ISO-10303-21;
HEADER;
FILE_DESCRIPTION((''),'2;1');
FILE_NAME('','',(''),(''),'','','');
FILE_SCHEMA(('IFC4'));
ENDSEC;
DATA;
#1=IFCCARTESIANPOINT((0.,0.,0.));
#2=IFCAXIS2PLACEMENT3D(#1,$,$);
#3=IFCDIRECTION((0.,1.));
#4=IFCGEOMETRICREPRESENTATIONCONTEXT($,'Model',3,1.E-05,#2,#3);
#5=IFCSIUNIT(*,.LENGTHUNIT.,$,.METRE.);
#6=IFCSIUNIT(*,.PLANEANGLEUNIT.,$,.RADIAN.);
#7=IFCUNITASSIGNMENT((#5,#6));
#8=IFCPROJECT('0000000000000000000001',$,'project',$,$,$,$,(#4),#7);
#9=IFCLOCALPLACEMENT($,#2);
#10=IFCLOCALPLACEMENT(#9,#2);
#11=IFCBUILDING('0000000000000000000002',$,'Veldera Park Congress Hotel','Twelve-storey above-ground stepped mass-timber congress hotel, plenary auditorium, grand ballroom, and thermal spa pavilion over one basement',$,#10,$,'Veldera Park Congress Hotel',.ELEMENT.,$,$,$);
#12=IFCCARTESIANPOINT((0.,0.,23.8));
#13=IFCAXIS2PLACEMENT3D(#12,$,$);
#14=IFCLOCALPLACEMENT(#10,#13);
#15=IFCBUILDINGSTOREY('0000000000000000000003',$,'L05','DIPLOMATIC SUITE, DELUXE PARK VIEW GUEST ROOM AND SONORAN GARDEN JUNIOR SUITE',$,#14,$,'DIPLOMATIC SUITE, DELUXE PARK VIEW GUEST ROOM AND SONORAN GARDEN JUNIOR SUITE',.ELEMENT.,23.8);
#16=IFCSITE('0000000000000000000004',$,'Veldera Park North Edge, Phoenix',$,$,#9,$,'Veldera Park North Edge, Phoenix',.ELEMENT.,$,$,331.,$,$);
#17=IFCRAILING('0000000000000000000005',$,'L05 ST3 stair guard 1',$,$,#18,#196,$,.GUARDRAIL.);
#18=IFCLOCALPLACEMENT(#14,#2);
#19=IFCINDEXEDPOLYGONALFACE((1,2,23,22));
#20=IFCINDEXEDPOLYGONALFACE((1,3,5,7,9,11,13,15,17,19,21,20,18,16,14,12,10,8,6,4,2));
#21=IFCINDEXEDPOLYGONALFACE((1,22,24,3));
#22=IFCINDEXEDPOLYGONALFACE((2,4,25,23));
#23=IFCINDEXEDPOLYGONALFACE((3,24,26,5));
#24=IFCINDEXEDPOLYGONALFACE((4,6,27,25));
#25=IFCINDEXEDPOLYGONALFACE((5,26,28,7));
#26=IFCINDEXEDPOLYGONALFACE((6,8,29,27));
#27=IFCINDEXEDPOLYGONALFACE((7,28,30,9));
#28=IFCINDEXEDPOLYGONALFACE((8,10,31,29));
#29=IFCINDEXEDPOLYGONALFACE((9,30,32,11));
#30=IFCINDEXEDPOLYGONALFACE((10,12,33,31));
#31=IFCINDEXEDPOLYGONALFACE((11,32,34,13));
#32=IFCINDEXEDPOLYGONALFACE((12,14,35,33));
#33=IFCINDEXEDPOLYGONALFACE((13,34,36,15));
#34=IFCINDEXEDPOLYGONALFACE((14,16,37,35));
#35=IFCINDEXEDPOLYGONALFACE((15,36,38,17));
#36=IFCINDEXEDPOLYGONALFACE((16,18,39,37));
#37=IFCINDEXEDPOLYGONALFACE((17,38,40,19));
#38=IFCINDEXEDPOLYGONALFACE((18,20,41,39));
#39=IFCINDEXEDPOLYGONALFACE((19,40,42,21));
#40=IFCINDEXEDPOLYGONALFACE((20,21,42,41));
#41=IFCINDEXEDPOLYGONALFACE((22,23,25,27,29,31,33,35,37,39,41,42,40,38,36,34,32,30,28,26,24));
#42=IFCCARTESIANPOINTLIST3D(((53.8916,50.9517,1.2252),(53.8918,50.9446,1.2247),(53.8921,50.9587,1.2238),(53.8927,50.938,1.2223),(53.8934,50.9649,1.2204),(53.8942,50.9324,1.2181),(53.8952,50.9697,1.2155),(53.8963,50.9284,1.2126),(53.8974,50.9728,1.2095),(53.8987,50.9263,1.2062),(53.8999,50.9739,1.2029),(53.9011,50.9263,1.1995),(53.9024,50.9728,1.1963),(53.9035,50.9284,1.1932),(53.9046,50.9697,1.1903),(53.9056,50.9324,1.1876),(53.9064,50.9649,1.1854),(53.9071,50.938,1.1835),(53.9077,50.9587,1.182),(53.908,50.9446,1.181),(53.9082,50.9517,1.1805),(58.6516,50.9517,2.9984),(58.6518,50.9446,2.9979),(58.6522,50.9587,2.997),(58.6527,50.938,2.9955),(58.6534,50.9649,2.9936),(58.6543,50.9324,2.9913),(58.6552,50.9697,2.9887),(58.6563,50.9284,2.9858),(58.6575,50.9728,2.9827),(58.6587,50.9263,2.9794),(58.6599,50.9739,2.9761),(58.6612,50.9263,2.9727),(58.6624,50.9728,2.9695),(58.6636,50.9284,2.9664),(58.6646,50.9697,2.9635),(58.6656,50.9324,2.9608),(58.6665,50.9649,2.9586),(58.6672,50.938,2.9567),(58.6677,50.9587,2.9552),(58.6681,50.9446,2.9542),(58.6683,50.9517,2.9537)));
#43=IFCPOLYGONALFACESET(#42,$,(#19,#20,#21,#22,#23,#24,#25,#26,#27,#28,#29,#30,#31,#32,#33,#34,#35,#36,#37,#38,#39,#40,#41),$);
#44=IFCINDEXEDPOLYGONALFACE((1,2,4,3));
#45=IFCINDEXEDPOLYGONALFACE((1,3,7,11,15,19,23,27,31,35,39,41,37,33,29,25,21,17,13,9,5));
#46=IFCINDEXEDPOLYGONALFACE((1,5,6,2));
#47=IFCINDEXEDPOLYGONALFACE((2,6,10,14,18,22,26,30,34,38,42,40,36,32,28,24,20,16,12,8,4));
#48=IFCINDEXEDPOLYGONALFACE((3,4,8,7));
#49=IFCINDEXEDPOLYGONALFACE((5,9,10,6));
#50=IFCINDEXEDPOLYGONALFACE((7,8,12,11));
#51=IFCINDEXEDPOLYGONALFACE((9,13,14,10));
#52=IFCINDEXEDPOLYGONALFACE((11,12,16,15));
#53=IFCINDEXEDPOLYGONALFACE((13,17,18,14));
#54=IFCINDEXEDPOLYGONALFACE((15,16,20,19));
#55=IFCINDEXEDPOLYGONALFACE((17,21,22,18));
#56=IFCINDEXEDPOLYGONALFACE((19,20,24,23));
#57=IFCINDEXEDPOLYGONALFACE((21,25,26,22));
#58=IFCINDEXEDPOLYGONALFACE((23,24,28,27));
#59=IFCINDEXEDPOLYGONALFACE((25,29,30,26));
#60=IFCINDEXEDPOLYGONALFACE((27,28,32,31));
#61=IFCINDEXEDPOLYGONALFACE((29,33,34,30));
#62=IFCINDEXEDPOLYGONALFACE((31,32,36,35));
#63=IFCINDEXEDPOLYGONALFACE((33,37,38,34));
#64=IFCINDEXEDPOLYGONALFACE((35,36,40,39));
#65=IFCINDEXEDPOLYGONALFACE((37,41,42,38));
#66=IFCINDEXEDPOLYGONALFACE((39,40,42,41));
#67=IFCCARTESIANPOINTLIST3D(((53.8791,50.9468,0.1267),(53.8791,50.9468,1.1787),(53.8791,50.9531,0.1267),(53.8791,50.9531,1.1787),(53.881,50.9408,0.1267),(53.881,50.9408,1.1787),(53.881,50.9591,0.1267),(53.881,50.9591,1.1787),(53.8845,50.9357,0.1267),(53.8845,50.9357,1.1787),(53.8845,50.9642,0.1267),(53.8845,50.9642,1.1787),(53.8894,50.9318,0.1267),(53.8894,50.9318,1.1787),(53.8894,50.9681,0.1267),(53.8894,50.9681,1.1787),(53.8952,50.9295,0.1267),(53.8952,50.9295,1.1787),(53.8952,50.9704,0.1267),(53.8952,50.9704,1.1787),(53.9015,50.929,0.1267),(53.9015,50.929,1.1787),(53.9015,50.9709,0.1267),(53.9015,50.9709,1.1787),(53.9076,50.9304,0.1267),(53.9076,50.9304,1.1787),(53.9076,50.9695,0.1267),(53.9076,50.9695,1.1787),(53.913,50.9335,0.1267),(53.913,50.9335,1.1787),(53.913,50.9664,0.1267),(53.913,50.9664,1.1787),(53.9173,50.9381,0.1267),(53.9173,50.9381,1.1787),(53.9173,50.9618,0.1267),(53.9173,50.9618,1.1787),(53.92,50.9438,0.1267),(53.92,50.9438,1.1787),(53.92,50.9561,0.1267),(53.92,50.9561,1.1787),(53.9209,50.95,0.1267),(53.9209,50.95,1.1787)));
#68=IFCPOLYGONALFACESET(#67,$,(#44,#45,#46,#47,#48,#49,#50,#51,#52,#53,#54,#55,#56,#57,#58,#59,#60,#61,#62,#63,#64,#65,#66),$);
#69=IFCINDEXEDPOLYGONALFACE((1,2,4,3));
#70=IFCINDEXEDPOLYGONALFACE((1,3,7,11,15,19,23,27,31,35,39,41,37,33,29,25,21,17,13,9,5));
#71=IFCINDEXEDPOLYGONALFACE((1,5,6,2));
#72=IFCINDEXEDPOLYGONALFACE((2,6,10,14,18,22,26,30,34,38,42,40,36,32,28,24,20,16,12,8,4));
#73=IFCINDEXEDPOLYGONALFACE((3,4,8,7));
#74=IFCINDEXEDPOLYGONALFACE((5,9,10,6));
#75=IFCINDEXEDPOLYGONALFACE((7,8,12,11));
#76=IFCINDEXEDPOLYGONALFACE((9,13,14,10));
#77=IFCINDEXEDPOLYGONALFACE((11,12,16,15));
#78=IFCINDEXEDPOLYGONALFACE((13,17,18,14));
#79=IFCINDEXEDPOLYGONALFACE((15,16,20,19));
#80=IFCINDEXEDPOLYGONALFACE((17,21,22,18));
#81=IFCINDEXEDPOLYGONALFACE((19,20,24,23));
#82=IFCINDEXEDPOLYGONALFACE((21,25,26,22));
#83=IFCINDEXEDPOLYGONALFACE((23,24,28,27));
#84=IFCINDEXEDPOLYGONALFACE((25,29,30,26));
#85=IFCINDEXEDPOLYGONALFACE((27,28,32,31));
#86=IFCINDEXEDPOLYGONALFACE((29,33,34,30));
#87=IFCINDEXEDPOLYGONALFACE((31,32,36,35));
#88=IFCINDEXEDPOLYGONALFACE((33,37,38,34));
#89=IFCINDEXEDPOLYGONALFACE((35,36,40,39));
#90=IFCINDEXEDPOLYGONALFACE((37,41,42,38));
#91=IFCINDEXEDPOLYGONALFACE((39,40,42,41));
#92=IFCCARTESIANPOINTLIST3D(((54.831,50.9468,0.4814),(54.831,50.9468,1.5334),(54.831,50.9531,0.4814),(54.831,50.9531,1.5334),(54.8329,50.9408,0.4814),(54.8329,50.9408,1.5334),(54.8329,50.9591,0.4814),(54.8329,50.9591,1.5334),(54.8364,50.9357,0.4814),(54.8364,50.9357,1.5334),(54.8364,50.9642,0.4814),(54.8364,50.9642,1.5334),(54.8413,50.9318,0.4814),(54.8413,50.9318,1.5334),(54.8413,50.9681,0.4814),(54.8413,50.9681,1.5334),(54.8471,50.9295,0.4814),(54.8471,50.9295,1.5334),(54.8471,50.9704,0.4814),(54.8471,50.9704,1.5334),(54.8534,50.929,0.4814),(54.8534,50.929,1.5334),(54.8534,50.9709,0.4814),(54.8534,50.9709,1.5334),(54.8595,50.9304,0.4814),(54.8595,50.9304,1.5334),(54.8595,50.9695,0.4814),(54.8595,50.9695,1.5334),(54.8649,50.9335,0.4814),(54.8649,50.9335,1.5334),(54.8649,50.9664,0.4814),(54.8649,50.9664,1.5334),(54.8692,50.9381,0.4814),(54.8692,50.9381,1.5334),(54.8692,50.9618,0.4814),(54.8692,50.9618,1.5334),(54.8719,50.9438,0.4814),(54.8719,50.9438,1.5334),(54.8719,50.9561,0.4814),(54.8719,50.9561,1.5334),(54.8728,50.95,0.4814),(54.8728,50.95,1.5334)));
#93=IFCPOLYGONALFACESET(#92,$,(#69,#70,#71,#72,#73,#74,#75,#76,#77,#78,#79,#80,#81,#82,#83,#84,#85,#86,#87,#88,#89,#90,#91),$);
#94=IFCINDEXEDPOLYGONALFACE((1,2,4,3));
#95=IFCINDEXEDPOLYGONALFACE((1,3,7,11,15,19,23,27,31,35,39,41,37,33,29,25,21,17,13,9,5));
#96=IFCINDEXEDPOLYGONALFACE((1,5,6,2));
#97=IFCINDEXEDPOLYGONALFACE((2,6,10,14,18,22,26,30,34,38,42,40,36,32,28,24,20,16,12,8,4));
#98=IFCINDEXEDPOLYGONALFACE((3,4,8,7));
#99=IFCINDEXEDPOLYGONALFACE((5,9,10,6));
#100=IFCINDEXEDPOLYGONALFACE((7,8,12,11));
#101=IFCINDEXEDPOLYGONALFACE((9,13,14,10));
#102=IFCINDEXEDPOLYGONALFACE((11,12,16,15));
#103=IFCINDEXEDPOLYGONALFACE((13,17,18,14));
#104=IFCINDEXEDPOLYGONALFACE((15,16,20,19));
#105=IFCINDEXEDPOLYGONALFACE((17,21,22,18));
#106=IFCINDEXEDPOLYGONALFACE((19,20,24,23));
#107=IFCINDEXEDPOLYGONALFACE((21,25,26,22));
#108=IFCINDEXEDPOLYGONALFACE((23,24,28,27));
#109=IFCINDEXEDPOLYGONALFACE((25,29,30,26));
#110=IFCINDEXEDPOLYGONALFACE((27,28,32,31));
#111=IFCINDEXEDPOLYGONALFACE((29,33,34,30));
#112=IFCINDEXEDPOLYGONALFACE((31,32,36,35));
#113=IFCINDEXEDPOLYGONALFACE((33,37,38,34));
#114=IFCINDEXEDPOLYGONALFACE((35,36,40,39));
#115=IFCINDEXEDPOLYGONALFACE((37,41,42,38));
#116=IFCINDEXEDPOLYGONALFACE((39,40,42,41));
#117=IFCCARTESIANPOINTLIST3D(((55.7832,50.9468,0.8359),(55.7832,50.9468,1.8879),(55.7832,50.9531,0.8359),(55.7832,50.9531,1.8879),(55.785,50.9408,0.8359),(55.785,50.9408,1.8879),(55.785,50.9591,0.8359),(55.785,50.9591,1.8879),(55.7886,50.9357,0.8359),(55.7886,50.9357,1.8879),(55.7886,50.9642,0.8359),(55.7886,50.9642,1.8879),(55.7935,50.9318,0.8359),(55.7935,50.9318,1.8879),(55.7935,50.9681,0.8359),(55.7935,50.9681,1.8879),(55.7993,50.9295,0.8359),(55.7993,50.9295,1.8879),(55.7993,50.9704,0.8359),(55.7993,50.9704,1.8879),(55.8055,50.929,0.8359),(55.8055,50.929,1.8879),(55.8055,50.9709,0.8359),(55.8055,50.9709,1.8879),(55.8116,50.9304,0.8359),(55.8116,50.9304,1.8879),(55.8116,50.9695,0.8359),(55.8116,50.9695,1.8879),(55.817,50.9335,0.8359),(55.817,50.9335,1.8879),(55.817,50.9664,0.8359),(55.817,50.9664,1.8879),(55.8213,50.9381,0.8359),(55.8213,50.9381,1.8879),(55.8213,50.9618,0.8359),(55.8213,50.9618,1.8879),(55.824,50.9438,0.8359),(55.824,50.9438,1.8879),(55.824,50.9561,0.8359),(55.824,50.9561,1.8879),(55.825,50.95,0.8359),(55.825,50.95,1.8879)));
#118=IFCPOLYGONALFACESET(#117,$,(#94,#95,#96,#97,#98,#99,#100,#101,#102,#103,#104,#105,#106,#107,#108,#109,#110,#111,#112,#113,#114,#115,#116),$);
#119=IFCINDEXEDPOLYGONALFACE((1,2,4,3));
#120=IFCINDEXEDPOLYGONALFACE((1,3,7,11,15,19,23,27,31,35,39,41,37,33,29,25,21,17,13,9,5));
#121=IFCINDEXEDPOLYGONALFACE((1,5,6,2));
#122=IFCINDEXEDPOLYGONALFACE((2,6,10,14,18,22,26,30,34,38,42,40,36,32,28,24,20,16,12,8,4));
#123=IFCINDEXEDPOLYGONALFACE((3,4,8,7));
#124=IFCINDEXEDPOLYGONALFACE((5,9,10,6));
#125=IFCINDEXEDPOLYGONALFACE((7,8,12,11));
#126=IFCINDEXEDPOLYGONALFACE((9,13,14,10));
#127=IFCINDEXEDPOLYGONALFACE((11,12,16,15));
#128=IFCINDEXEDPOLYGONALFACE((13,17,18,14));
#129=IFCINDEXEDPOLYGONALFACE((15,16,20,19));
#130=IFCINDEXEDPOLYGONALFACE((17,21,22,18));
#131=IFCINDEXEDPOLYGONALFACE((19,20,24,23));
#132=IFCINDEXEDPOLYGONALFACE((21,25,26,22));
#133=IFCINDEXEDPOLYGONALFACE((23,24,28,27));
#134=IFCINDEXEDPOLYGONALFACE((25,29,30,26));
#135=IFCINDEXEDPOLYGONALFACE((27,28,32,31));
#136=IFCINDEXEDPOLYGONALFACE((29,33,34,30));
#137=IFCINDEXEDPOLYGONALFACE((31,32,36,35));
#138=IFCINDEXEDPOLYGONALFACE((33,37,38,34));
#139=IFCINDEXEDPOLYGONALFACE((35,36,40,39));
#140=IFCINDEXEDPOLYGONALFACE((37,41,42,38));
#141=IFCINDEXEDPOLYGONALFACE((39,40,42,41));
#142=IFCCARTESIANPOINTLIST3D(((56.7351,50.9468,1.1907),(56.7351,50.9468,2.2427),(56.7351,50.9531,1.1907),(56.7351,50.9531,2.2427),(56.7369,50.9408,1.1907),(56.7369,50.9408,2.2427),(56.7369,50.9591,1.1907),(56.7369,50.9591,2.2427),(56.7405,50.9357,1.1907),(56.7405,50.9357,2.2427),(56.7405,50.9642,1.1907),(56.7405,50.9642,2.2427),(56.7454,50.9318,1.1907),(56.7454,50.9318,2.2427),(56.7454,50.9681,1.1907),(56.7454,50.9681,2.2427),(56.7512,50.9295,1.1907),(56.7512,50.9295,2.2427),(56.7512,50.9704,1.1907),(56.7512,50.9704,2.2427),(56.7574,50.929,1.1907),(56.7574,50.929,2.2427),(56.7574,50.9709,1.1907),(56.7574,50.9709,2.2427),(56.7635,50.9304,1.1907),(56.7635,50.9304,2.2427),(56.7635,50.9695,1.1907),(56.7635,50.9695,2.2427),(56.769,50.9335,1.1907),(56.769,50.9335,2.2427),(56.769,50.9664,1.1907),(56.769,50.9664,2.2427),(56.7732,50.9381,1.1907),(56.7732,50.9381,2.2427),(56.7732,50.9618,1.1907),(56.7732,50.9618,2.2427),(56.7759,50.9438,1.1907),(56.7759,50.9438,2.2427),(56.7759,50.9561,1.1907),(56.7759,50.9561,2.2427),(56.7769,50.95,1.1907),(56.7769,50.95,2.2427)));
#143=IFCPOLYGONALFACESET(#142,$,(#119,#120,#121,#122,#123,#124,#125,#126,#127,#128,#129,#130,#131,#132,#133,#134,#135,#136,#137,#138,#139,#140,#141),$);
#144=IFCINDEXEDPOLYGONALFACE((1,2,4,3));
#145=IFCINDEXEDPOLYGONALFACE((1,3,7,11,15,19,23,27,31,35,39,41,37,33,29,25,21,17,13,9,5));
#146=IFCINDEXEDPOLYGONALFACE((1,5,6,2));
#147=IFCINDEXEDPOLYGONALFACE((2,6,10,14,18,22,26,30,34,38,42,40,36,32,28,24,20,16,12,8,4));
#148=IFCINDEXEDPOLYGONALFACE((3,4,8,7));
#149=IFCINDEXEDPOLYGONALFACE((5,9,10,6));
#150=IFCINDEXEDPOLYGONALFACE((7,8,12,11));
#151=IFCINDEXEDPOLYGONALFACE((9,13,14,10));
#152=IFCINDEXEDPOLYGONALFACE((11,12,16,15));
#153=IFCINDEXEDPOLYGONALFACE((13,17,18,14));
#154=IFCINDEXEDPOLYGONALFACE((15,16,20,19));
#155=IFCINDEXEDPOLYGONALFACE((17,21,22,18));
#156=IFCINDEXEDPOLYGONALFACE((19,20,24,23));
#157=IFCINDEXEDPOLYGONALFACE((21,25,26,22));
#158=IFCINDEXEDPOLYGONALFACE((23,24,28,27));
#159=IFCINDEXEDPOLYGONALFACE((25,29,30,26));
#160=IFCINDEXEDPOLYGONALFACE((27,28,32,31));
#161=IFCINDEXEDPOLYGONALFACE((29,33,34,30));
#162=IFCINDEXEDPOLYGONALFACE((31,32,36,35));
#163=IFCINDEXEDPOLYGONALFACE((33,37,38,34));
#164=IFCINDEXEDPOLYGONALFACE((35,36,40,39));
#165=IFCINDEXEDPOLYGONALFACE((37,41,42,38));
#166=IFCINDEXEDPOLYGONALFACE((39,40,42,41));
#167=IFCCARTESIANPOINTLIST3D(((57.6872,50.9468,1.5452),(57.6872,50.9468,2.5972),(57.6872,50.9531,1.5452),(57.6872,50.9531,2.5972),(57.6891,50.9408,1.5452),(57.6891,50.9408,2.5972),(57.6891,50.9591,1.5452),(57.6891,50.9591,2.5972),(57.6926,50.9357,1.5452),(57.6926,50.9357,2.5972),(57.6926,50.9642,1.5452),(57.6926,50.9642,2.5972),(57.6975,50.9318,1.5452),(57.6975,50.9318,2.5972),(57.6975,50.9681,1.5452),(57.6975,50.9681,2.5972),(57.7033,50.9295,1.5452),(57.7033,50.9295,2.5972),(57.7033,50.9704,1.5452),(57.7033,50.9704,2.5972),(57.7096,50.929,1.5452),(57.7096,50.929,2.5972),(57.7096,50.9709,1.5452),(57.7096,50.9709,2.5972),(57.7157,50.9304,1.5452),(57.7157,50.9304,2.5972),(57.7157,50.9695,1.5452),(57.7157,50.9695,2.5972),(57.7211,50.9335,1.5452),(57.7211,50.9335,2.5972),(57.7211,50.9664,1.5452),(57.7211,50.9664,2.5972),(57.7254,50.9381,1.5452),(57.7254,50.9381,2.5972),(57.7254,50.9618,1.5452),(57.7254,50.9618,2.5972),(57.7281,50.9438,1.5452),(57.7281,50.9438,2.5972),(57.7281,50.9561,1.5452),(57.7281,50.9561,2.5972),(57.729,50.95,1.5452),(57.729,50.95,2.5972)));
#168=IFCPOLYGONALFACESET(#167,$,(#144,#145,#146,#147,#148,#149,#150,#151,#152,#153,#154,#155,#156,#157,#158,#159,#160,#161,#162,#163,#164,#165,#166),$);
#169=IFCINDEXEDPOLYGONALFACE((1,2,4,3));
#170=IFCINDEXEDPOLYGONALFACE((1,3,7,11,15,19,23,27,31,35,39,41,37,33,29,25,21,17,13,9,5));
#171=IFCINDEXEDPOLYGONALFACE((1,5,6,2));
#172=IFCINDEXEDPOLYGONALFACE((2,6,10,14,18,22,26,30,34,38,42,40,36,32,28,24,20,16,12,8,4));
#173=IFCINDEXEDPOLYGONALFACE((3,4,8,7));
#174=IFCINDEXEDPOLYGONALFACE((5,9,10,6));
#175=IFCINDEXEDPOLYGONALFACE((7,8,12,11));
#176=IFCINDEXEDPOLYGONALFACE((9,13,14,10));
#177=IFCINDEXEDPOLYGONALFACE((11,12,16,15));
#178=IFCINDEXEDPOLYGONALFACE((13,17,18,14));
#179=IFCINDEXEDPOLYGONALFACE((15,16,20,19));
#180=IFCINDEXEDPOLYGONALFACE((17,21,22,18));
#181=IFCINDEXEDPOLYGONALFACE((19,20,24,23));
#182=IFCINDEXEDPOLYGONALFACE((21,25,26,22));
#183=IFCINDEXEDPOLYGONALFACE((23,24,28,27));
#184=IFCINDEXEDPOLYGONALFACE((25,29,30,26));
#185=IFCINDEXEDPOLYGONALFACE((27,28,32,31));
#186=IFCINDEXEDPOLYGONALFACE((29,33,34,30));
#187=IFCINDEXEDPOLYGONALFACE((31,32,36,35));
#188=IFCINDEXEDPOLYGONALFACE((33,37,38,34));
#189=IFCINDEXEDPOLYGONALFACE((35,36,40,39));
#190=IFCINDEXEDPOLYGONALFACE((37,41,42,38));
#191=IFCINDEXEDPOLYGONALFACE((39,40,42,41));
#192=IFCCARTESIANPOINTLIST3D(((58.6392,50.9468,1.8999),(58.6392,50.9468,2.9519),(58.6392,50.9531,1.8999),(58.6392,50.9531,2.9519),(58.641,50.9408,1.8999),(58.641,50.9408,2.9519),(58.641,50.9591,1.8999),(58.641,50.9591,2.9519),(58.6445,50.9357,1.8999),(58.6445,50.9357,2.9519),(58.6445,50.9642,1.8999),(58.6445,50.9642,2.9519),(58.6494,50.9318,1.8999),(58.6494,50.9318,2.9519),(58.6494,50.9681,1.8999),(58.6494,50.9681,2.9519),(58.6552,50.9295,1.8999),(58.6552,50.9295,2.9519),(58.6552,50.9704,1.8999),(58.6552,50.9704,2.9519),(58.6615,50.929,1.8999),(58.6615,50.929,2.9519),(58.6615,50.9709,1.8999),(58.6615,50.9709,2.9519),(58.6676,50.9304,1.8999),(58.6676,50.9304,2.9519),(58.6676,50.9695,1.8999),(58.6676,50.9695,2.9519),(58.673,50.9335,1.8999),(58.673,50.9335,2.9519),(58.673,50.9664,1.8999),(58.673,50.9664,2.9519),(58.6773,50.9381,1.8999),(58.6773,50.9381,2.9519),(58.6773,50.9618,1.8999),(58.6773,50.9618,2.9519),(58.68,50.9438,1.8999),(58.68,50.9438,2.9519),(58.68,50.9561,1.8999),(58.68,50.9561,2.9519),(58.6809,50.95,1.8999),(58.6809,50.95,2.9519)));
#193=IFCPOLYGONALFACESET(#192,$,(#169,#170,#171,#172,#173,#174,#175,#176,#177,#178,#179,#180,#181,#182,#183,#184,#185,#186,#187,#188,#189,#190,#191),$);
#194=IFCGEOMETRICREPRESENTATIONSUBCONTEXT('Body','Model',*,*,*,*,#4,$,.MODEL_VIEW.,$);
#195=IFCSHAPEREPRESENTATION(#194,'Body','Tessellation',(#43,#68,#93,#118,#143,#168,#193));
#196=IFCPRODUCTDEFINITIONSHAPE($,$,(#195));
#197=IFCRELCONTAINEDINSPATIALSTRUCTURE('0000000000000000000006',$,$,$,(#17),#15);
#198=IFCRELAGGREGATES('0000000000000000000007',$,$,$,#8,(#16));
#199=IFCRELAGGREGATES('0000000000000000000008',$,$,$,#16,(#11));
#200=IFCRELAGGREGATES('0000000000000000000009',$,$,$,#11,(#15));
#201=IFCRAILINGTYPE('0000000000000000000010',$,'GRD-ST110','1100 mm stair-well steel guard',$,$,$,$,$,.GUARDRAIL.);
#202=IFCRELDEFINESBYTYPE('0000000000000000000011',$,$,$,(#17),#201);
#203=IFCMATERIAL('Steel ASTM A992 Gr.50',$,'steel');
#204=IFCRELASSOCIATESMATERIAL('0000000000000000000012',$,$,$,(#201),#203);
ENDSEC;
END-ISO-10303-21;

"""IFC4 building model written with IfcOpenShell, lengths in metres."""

from ifc_helpers import new_model, si_unit, direction, frame, origin, origin_2d, place, context, subcontext, project, spatial, circle, extrude, material, type_object, element, save


model = new_model("IFC4")

# Units and contexts
model_context = context("Model", 3, precision=1e-05, world=origin(), true_north=direction((0.0, 1.0)))
body_context = subcontext(model_context, "Body", "Model", "MODEL_VIEW")
ifc_project = project(units=[si_unit("LENGTHUNIT", "METRE"), si_unit("PLANEANGLEUNIT", "RADIAN")], contexts=[model_context])

# Site, building, storey
site_placement = place(None, origin())
site = spatial("IfcSite", under=ifc_project, at=site_placement, Name="Veldera Park North Edge, Phoenix", LongName="Veldera Park North Edge, Phoenix", CompositionType="ELEMENT", RefElevation=331.0)
building_placement = place(site_placement, origin())
building = spatial("IfcBuilding", under=site, at=building_placement, Name="Veldera Park Congress Hotel", Description="Twelve-storey above-ground stepped mass-timber congress hotel, plenary auditorium, grand ballroom, and thermal spa pavilion over one basement", LongName="Veldera Park Congress Hotel", CompositionType="ELEMENT")
storey_placement = place(building_placement, frame((0.0, 0.0, 23.8)))
storey = spatial("IfcBuildingStorey", under=building, at=storey_placement, Name="L05", Description="DIPLOMATIC SUITE, DELUXE PARK VIEW GUEST ROOM AND SONORAN GARDEN JUNIOR SUITE", LongName="DIPLOMATIC SUITE, DELUXE PARK VIEW GUEST ROOM AND SONORAN GARDEN JUNIOR SUITE", CompositionType="ELEMENT", Elevation=23.8)

# Railing
ifc_material_1 = material(Name="Steel ASTM A992 Gr.50", Category="steel")
railing_type_1 = type_object("IfcRailingType", Name="GRD-ST110", Description="1100 mm stair-well steel guard", PredefinedType="GUARDRAIL", material=ifc_material_1)
railing_1_placement = place(storey_placement, frame((53.8999, 50.95, 0.1267)))
element("IfcRailing", 1, at=railing_1_placement, inside=storey, type_object=railing_type_1, Name="L05 ST3 stair guard 1", PredefinedType="GUARDRAIL", context=body_context, shape_type="SweptSolid", body=[
    extrude(circle(Radius=0.0239, at=origin_2d()), frame((0.0, 0.0, 1.0762), z_axis=(0.937091, 0.0, 0.349084), x_axis=(0.0, 1.0, 0.0)), (0.0, 0.0, 1.0), 5.0796),
    extrude(circle(Radius=0.021, at=origin_2d()), origin(), (0.0, 0.0, 1.0), 1.052),
    extrude(circle(Radius=0.021, at=origin_2d()), frame((0.9519, 0.0, 0.3547)), (0.0, 0.0, 1.0), 1.052),
    extrude(circle(Radius=0.021, at=origin_2d()), frame((1.9041, 0.0, 0.7092)), (0.0, 0.0, 1.0), 1.052),
    extrude(circle(Radius=0.021, at=origin_2d()), frame((2.856, 0.0, 1.064)), (0.0, 0.0, 1.0), 1.052),
    extrude(circle(Radius=0.021, at=origin_2d()), frame((3.8081, 0.0, 1.4185)), (0.0, 0.0, 1.0), 1.052),
    extrude(circle(Radius=0.021, at=origin_2d()), frame((4.76, 0.0, 1.7732)), (0.0, 0.0, 1.0), 1.052),
])

save(model, "model.ifc")
